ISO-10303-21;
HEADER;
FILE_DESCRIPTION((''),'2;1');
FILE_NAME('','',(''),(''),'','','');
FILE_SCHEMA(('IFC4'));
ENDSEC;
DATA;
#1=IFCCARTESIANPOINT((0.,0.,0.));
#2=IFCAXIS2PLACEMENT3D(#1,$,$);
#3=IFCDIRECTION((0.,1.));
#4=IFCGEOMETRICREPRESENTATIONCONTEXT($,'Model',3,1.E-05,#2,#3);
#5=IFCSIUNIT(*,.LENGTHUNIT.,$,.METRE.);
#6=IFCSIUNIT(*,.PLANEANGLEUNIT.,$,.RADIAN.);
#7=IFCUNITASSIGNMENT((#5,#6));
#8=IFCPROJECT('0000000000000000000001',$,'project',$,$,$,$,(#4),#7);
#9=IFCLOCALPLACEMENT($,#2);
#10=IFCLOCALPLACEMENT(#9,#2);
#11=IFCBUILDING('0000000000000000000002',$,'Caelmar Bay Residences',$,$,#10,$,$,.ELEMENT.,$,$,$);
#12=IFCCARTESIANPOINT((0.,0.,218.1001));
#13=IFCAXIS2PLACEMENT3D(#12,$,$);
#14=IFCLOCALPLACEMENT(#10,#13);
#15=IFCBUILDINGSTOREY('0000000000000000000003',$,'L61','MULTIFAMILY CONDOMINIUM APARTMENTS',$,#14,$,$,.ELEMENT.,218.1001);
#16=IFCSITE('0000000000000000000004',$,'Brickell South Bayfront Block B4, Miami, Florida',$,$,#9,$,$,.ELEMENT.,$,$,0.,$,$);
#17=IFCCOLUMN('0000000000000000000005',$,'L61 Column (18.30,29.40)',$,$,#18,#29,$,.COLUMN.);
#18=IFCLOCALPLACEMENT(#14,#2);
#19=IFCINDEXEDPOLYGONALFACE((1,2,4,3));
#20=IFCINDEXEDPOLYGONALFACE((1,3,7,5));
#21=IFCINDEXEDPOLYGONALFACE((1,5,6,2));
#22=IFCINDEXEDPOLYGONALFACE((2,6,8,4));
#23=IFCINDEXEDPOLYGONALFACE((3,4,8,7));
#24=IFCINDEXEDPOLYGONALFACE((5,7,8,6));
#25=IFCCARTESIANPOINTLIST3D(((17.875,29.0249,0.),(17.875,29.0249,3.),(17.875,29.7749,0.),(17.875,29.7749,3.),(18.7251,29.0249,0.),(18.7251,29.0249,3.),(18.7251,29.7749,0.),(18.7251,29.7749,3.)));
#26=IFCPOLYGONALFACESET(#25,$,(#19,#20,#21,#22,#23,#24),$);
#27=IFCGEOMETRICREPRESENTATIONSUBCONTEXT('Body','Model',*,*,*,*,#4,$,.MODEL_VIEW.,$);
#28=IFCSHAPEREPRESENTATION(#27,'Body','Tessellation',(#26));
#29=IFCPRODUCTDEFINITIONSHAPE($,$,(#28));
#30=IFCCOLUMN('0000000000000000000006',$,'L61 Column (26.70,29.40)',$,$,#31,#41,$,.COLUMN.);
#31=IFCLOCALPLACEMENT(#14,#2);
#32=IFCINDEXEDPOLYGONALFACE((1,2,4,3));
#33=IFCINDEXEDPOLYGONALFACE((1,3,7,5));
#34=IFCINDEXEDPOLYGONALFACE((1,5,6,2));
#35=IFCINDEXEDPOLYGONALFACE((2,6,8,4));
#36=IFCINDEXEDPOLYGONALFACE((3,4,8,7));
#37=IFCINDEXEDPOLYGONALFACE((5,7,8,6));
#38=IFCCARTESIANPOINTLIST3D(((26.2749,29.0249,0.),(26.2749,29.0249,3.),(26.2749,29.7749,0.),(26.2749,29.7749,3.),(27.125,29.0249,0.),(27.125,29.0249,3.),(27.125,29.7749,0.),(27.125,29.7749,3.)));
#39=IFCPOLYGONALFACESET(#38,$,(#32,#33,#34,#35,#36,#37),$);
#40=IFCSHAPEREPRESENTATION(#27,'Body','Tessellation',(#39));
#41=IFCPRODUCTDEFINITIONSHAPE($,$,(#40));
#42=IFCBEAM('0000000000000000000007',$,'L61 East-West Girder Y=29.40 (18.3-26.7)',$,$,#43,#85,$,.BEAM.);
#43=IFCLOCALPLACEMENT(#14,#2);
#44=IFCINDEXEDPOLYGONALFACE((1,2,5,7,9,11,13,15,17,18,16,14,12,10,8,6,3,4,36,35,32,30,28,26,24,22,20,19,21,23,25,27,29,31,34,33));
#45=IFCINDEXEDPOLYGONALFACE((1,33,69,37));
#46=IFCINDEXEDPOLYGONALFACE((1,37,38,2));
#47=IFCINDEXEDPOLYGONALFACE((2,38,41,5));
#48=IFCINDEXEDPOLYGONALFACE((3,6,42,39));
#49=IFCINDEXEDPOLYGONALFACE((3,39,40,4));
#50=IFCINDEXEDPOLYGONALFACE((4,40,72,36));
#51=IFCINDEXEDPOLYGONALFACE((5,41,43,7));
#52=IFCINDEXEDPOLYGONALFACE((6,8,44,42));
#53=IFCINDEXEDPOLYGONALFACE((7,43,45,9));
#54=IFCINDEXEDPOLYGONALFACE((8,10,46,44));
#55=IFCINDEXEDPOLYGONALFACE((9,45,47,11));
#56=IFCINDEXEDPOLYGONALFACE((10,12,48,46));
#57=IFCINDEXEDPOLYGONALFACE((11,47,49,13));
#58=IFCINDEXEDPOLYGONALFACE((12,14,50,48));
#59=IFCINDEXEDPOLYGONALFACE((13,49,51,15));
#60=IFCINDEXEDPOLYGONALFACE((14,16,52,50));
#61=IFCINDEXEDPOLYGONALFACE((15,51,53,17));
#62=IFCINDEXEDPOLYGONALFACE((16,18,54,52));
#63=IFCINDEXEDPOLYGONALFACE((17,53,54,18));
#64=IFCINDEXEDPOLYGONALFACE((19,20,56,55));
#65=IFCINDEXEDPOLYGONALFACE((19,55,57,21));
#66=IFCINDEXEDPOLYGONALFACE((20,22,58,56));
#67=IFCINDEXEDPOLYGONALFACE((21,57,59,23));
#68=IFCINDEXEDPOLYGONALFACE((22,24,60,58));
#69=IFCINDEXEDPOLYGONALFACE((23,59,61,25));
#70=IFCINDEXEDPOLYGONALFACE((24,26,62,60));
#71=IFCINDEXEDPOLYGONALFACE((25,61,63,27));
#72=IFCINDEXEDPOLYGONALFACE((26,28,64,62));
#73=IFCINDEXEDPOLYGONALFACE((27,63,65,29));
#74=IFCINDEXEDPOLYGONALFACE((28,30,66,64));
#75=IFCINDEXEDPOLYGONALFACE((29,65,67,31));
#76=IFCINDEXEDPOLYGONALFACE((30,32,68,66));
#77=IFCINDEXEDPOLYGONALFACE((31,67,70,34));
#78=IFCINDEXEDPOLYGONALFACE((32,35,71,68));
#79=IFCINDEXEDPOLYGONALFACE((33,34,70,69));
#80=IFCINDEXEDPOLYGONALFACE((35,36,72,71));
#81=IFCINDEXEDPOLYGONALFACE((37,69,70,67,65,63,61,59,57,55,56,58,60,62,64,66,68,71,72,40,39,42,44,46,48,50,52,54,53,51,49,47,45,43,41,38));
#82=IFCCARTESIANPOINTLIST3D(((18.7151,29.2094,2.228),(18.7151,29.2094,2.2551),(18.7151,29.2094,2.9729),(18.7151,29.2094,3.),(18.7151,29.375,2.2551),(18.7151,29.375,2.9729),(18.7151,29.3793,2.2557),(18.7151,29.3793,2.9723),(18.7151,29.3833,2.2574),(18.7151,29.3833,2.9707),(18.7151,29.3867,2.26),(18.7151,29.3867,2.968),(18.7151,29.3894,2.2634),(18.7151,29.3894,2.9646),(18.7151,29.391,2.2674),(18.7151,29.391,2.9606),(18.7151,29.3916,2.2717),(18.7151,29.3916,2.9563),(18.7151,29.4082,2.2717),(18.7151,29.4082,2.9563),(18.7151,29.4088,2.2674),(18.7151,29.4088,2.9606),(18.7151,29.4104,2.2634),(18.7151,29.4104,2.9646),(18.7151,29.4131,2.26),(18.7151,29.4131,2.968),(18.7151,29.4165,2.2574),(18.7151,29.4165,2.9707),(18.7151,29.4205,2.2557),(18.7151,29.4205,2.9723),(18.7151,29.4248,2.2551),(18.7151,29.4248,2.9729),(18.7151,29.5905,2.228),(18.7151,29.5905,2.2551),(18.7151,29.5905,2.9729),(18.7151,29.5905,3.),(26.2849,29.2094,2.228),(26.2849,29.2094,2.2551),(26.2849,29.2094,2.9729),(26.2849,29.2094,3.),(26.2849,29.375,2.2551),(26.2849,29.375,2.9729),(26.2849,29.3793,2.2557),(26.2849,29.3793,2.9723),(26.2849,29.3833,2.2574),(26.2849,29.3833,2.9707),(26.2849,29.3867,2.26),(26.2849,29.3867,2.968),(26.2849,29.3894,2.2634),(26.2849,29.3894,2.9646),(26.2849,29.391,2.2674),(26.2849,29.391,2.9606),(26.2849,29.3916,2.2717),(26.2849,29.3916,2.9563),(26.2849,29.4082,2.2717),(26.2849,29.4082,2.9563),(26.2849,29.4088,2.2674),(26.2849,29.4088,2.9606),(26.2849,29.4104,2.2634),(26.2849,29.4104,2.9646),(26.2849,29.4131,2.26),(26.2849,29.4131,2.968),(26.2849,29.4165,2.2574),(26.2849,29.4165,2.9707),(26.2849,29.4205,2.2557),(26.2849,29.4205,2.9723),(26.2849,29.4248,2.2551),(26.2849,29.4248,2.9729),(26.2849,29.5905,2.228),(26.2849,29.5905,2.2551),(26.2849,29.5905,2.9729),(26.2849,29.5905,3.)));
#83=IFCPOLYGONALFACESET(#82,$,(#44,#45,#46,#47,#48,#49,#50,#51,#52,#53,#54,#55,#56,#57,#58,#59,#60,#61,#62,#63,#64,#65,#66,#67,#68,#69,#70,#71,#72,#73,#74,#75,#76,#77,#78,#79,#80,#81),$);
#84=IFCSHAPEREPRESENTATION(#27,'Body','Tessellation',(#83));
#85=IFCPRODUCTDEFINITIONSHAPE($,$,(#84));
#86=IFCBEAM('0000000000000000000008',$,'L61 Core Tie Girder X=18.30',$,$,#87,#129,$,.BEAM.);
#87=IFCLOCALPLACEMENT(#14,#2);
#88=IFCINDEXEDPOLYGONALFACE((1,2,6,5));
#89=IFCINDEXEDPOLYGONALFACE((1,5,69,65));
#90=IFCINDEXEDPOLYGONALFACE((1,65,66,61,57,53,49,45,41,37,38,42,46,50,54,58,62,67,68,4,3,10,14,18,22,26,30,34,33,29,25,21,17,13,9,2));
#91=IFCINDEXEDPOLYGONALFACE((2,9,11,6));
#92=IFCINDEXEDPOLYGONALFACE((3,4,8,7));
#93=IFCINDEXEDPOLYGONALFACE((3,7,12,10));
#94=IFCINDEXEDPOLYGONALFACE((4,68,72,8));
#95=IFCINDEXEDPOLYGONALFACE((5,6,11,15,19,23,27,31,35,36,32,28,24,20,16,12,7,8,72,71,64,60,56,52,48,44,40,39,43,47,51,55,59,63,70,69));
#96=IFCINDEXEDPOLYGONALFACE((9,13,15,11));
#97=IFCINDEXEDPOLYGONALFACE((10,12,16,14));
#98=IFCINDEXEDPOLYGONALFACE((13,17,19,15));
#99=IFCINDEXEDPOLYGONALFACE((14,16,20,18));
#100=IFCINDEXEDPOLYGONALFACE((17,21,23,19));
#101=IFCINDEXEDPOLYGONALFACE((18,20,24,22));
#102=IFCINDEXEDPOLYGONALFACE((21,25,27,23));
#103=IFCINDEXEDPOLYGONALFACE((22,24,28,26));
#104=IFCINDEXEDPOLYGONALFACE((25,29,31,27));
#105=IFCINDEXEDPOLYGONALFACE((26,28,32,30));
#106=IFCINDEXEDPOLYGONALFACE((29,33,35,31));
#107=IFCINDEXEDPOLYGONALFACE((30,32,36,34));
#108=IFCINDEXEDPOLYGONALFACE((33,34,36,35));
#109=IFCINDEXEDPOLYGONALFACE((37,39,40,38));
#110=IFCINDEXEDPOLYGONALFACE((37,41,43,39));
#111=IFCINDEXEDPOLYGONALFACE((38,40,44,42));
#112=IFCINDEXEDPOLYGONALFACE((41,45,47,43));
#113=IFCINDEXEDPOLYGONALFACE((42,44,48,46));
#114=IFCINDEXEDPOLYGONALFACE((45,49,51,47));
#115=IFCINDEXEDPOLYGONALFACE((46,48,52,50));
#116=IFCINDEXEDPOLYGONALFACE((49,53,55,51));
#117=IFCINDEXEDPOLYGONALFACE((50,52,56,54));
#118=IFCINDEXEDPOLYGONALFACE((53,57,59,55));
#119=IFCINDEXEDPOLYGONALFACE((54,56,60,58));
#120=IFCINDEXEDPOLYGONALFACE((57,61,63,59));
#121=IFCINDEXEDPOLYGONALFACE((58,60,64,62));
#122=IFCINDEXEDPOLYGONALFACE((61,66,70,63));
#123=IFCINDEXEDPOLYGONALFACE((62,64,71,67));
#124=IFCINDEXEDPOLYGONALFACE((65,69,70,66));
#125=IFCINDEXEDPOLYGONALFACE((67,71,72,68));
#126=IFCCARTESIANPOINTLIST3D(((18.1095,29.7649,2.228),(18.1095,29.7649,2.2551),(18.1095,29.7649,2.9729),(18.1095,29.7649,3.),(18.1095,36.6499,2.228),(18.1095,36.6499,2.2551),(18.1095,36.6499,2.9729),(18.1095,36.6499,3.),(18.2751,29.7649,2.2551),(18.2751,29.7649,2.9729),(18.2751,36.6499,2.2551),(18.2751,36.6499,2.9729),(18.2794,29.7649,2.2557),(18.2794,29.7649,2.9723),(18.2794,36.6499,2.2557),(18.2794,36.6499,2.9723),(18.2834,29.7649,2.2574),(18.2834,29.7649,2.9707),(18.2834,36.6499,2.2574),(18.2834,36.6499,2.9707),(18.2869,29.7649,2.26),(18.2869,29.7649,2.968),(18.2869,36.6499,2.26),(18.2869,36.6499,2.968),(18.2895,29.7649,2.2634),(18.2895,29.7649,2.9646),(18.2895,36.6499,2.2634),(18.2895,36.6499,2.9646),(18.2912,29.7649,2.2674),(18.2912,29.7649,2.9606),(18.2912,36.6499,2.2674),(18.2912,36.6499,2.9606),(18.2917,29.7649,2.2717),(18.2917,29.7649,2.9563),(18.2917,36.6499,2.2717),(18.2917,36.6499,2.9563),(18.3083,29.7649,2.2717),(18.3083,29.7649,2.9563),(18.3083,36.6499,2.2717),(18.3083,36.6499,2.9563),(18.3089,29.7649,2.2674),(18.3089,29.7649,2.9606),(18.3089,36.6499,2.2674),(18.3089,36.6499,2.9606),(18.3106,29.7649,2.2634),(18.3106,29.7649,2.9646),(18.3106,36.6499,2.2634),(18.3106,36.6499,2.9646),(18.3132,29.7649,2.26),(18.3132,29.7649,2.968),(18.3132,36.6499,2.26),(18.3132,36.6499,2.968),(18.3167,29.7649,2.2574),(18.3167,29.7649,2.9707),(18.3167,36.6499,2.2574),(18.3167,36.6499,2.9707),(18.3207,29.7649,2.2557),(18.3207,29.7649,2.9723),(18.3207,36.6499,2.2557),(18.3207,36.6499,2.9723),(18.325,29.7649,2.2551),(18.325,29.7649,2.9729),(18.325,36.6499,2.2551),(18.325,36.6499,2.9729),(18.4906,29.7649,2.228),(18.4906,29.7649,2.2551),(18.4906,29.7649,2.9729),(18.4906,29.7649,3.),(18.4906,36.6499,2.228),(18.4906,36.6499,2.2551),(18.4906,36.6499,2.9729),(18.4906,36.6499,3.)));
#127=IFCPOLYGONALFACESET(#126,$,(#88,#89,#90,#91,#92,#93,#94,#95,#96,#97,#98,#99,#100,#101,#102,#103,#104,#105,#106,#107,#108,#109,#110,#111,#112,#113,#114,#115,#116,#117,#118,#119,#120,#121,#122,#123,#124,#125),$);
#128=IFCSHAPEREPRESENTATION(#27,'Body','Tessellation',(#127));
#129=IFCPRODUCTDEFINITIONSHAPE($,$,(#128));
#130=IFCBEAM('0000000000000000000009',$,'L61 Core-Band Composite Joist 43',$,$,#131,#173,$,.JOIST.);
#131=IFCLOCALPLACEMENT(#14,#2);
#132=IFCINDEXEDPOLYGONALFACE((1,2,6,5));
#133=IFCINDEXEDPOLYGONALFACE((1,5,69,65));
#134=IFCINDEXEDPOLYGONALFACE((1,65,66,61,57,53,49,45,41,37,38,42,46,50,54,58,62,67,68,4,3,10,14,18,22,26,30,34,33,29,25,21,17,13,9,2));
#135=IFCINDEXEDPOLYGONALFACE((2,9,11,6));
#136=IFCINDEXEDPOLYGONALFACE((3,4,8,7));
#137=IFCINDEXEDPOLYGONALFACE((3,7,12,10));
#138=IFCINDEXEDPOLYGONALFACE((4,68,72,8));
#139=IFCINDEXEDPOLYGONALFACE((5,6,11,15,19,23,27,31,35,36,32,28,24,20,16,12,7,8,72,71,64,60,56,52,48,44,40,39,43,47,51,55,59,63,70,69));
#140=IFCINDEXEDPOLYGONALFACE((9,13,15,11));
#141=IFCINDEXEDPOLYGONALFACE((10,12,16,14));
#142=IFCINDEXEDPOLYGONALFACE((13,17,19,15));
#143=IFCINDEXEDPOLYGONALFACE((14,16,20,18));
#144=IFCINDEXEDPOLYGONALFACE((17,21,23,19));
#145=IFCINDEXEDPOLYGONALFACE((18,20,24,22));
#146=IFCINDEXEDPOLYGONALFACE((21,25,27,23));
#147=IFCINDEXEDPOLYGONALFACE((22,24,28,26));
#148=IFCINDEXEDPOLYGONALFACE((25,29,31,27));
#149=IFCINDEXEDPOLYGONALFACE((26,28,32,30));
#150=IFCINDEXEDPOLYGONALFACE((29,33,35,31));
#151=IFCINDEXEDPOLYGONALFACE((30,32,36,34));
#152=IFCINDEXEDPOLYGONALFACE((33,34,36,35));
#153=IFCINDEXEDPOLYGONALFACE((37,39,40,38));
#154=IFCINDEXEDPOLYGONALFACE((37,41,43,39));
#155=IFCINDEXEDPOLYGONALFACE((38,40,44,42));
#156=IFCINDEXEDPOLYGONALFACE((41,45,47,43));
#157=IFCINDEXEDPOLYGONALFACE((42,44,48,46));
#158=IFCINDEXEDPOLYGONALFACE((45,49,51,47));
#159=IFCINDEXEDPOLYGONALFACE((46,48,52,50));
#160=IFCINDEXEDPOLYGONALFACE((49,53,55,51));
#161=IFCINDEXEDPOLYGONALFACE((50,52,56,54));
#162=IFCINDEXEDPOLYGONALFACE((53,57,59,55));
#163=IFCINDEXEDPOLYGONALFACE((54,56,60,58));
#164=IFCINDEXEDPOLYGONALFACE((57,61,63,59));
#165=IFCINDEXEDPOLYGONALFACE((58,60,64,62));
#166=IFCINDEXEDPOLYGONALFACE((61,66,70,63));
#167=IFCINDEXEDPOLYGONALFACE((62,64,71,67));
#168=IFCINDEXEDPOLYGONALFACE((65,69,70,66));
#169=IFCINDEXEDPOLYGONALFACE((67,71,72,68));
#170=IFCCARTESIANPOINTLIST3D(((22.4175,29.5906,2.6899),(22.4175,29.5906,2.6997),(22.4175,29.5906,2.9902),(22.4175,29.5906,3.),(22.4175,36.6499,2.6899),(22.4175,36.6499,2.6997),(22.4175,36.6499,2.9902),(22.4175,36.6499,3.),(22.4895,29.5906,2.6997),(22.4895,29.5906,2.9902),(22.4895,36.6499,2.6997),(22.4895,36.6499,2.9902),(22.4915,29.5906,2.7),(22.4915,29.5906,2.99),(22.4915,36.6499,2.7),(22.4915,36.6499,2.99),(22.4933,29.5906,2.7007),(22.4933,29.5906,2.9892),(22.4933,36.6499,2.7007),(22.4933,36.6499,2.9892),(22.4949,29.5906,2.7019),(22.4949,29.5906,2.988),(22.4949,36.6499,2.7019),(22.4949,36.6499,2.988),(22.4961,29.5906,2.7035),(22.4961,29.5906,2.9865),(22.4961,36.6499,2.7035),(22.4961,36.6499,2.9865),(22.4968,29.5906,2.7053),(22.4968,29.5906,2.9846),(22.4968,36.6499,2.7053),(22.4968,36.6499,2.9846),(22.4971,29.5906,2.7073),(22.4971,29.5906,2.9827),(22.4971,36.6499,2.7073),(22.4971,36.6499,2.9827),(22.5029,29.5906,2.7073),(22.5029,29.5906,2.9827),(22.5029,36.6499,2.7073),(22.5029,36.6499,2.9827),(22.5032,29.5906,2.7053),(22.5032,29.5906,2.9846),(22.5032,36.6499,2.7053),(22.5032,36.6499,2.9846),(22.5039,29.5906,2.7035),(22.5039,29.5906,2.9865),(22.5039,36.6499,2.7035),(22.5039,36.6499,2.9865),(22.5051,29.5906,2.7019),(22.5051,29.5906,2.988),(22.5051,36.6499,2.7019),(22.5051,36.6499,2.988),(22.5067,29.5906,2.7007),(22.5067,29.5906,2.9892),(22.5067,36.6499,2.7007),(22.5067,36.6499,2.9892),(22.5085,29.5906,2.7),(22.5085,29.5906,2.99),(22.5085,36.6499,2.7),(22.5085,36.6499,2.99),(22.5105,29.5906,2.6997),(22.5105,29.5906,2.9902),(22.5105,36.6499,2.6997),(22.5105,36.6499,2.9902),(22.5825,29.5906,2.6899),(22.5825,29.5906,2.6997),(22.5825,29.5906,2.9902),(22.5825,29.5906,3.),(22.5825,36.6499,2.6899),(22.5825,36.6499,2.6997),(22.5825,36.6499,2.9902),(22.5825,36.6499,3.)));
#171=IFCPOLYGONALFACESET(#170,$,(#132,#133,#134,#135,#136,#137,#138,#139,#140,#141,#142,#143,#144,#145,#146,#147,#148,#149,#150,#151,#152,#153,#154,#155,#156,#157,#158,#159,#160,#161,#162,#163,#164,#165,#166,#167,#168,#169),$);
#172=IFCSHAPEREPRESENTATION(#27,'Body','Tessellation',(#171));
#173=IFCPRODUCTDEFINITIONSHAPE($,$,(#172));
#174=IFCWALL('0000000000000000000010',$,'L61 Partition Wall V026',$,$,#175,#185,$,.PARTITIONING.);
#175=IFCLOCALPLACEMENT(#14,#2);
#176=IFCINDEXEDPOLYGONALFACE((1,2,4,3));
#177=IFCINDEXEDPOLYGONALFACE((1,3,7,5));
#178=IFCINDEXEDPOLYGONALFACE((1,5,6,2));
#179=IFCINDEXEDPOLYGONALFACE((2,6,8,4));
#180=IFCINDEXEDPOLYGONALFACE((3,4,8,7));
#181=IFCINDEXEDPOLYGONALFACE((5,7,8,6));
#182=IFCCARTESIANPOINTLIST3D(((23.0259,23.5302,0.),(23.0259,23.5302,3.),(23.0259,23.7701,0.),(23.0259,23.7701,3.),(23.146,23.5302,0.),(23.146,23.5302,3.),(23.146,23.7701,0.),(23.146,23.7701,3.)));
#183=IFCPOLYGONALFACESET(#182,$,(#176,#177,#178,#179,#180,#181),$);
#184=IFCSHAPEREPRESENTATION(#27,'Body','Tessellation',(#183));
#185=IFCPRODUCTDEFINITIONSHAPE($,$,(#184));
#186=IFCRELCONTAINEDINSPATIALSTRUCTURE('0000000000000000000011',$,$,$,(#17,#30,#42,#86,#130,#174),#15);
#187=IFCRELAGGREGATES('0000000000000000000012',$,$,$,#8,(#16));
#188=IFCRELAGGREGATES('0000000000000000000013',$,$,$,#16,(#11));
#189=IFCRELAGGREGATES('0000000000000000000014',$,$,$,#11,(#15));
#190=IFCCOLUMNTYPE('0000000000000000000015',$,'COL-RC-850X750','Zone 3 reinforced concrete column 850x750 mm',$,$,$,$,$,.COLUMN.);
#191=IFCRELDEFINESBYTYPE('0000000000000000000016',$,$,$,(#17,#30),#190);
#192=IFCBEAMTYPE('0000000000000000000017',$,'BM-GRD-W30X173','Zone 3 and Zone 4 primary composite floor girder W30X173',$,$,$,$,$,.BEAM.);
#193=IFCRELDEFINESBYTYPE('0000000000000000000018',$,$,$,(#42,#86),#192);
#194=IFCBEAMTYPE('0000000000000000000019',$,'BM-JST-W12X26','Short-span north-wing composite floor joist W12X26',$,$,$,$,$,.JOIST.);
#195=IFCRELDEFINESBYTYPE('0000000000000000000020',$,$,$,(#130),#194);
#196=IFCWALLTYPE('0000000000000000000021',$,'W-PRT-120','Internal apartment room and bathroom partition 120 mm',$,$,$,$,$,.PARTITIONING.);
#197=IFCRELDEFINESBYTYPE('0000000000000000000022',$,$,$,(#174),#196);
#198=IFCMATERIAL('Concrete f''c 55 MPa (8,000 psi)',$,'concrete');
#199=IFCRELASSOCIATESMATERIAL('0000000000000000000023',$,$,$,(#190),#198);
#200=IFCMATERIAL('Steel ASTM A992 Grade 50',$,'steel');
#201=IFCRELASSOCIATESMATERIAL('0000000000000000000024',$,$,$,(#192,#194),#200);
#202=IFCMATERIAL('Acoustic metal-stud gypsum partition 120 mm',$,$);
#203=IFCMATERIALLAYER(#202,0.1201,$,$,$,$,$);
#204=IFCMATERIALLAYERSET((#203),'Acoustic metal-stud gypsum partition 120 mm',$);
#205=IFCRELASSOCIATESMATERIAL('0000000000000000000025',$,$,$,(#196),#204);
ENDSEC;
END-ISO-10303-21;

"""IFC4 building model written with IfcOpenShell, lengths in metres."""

from ifc_helpers import new_model, si_unit, direction, frame, frame_2d, origin, origin_2d, place, context, subcontext, project, spatial, rectangle, i_section, extrude, material, layer, layer_set, material_profile, profile_set, type_object, element, save


model = new_model("IFC4")

# Units and contexts
model_context = context("Model", 3, precision=1e-05, world=origin(), true_north=direction((0.0, 1.0)))
body_context = subcontext(model_context, "Body", "Model", "MODEL_VIEW")
ifc_project = project(units=[si_unit("LENGTHUNIT", "METRE"), si_unit("PLANEANGLEUNIT", "RADIAN")], contexts=[model_context])

# Site, building, storey
site_placement = place(None, origin())
site = spatial("IfcSite", under=ifc_project, at=site_placement, Name="Brickell South Bayfront Block B4, Miami, Florida", CompositionType="ELEMENT", RefElevation=0.0)
building_placement = place(site_placement, origin())
building = spatial("IfcBuilding", under=site, at=building_placement, Name="Caelmar Bay Residences", CompositionType="ELEMENT")
storey_placement = place(building_placement, frame((0.0, 0.0, 218.1001)))
storey = spatial("IfcBuildingStorey", under=building, at=storey_placement, Name="L61", Description="MULTIFAMILY CONDOMINIUM APARTMENTS", CompositionType="ELEMENT", Elevation=218.1001)

# Columns
ifc_material_1 = material(Name="Concrete f'c 55 MPa (8,000 psi)", Category="concrete")
ifc_material_profile_1 = material_profile(ifc_material_1, rectangle(XDim=0.8501, YDim=0.75, at=origin_2d()), Name="RC-COL-850X750")
ifc_profile_set_1 = profile_set([ifc_material_profile_1], Name="Concrete f'c 55 MPa (8,000 psi)")
column_type = type_object("IfcColumnType", Name="COL-RC-850X750", Description="Zone 3 reinforced concrete column 850x750 mm", PredefinedType="COLUMN", material=ifc_profile_set_1)
for number, where, z_axis, x_axis, name in (
    (1, (18.3, 29.3999, 0.0), (0.0, 0.0, 1.0), (1.0, 0.0, 0.0), "L61 Column (18.30,29.40)"),
    (2, (26.7, 29.3999, 0.0), (0.0, 0.0, 1.0), (1.0, 0.0, 0.0), "L61 Column (26.70,29.40)"),
):
    element("IfcColumn", number, at=place(storey_placement, frame(where, z_axis=z_axis, x_axis=x_axis)), inside=storey, type_object=column_type, Name=name, PredefinedType="COLUMN", context=body_context, shape_type="SweptSolid", body=[
        extrude(rectangle(XDim=0.8501, YDim=0.75, at=origin_2d()), origin(), (0.0, 0.0, 1.0), 3.0),
    ])

# Beams
ifc_material_2 = material(Name="Steel ASTM A992 Grade 50", Category="steel")
ifc_material_profile_2 = material_profile(ifc_material_2, i_section(OverallWidth=0.3811, OverallDepth=0.772, WebThickness=0.0166, FlangeThickness=0.0271, FilletRadius=0.0166, at=origin_2d()), Name="W30X173")
ifc_profile_set_2 = profile_set([ifc_material_profile_2], Name="Steel ASTM A992 Grade 50")
beam_type_1 = type_object("IfcBeamType", Name="BM-GRD-W30X173", Description="Zone 3 and Zone 4 primary composite floor girder W30X173", PredefinedType="BEAM", material=ifc_profile_set_2)
beam_1_placement = place(storey_placement, frame((18.7151, 29.3999, 2.614), z_axis=(1.0, 0.0, 0.0), x_axis=(0.0, 1.0, 0.0)))
element("IfcBeam", 3, at=beam_1_placement, inside=storey, type_object=beam_type_1, Name="L61 East-West Girder Y=29.40 (18.3-26.7)", PredefinedType="BEAM", context=body_context, shape_type="SweptSolid", body=[
    extrude(i_section(OverallWidth=0.3811, OverallDepth=0.772, WebThickness=0.0166, FlangeThickness=0.0271, FilletRadius=0.0166, at=origin_2d()), origin(), (0.0, 0.0, 1.0), 7.5698),
])
beam_2_placement = place(storey_placement, frame((18.3, 29.7649, 2.614), z_axis=(0.0, 1.0, 0.0), x_axis=(-1.0, 0.0, 0.0)))
element("IfcBeam", 4, at=beam_2_placement, inside=storey, type_object=beam_type_1, Name="L61 Core Tie Girder X=18.30", PredefinedType="BEAM", context=body_context, shape_type="SweptSolid", body=[
    extrude(i_section(OverallWidth=0.3811, OverallDepth=0.772, WebThickness=0.0166, FlangeThickness=0.0271, FilletRadius=0.0166, at=origin_2d()), origin(), (0.0, 0.0, 1.0), 6.885),
])
ifc_material_profile_3 = material_profile(ifc_material_2, i_section(OverallWidth=0.165, OverallDepth=0.3101, WebThickness=0.0059, FlangeThickness=0.0098, FilletRadius=0.0076, at=origin_2d()), Name="W12X26")
ifc_profile_set_3 = profile_set([ifc_material_profile_3], Name="Steel ASTM A992 Grade 50")
beam_type_2 = type_object("IfcBeamType", Name="BM-JST-W12X26", Description="Short-span north-wing composite floor joist W12X26", PredefinedType="JOIST", material=ifc_profile_set_3)
beam_3_placement = place(storey_placement, frame((22.5, 29.5906, 2.845), z_axis=(0.0, 1.0, 0.0), x_axis=(-1.0, 0.0, 0.0)))
element("IfcBeam", 5, at=beam_3_placement, inside=storey, type_object=beam_type_2, Name="L61 Core-Band Composite Joist 43", PredefinedType="JOIST", context=body_context, shape_type="SweptSolid", body=[
    extrude(i_section(OverallWidth=0.165, OverallDepth=0.3101, WebThickness=0.0059, FlangeThickness=0.0098, FilletRadius=0.0076, at=origin_2d()), origin(), (0.0, 0.0, 1.0), 7.0593),
])

# Wall
ifc_material_3 = material(Name="Acoustic metal-stud gypsum partition 120 mm")
ifc_layer_1 = layer(ifc_material_3, 0.1201)
ifc_layer_set_1 = layer_set([ifc_layer_1], Name="Acoustic metal-stud gypsum partition 120 mm")
wall_type_1 = type_object("IfcWallType", Name="W-PRT-120", Description="Internal apartment room and bathroom partition 120 mm", PredefinedType="PARTITIONING", material=ifc_layer_set_1)
wall_1_placement = place(storey_placement, frame((23.0859, 23.53, 0.0), z_axis=(0.0, 0.0, 1.0), x_axis=(0.0, 1.0, 0.0)))
element("IfcWall", 6, at=wall_1_placement, inside=storey, type_object=wall_type_1, Name="L61 Partition Wall V026", PredefinedType="PARTITIONING", context=body_context, shape_type="SweptSolid", body=[
    extrude(rectangle(XDim=0.24, YDim=0.1201, at=frame_2d((0.1201, 0.0))), origin(), (0.0, 0.0, 1.0), 3.0),
])

save(model, "model.ifc")
